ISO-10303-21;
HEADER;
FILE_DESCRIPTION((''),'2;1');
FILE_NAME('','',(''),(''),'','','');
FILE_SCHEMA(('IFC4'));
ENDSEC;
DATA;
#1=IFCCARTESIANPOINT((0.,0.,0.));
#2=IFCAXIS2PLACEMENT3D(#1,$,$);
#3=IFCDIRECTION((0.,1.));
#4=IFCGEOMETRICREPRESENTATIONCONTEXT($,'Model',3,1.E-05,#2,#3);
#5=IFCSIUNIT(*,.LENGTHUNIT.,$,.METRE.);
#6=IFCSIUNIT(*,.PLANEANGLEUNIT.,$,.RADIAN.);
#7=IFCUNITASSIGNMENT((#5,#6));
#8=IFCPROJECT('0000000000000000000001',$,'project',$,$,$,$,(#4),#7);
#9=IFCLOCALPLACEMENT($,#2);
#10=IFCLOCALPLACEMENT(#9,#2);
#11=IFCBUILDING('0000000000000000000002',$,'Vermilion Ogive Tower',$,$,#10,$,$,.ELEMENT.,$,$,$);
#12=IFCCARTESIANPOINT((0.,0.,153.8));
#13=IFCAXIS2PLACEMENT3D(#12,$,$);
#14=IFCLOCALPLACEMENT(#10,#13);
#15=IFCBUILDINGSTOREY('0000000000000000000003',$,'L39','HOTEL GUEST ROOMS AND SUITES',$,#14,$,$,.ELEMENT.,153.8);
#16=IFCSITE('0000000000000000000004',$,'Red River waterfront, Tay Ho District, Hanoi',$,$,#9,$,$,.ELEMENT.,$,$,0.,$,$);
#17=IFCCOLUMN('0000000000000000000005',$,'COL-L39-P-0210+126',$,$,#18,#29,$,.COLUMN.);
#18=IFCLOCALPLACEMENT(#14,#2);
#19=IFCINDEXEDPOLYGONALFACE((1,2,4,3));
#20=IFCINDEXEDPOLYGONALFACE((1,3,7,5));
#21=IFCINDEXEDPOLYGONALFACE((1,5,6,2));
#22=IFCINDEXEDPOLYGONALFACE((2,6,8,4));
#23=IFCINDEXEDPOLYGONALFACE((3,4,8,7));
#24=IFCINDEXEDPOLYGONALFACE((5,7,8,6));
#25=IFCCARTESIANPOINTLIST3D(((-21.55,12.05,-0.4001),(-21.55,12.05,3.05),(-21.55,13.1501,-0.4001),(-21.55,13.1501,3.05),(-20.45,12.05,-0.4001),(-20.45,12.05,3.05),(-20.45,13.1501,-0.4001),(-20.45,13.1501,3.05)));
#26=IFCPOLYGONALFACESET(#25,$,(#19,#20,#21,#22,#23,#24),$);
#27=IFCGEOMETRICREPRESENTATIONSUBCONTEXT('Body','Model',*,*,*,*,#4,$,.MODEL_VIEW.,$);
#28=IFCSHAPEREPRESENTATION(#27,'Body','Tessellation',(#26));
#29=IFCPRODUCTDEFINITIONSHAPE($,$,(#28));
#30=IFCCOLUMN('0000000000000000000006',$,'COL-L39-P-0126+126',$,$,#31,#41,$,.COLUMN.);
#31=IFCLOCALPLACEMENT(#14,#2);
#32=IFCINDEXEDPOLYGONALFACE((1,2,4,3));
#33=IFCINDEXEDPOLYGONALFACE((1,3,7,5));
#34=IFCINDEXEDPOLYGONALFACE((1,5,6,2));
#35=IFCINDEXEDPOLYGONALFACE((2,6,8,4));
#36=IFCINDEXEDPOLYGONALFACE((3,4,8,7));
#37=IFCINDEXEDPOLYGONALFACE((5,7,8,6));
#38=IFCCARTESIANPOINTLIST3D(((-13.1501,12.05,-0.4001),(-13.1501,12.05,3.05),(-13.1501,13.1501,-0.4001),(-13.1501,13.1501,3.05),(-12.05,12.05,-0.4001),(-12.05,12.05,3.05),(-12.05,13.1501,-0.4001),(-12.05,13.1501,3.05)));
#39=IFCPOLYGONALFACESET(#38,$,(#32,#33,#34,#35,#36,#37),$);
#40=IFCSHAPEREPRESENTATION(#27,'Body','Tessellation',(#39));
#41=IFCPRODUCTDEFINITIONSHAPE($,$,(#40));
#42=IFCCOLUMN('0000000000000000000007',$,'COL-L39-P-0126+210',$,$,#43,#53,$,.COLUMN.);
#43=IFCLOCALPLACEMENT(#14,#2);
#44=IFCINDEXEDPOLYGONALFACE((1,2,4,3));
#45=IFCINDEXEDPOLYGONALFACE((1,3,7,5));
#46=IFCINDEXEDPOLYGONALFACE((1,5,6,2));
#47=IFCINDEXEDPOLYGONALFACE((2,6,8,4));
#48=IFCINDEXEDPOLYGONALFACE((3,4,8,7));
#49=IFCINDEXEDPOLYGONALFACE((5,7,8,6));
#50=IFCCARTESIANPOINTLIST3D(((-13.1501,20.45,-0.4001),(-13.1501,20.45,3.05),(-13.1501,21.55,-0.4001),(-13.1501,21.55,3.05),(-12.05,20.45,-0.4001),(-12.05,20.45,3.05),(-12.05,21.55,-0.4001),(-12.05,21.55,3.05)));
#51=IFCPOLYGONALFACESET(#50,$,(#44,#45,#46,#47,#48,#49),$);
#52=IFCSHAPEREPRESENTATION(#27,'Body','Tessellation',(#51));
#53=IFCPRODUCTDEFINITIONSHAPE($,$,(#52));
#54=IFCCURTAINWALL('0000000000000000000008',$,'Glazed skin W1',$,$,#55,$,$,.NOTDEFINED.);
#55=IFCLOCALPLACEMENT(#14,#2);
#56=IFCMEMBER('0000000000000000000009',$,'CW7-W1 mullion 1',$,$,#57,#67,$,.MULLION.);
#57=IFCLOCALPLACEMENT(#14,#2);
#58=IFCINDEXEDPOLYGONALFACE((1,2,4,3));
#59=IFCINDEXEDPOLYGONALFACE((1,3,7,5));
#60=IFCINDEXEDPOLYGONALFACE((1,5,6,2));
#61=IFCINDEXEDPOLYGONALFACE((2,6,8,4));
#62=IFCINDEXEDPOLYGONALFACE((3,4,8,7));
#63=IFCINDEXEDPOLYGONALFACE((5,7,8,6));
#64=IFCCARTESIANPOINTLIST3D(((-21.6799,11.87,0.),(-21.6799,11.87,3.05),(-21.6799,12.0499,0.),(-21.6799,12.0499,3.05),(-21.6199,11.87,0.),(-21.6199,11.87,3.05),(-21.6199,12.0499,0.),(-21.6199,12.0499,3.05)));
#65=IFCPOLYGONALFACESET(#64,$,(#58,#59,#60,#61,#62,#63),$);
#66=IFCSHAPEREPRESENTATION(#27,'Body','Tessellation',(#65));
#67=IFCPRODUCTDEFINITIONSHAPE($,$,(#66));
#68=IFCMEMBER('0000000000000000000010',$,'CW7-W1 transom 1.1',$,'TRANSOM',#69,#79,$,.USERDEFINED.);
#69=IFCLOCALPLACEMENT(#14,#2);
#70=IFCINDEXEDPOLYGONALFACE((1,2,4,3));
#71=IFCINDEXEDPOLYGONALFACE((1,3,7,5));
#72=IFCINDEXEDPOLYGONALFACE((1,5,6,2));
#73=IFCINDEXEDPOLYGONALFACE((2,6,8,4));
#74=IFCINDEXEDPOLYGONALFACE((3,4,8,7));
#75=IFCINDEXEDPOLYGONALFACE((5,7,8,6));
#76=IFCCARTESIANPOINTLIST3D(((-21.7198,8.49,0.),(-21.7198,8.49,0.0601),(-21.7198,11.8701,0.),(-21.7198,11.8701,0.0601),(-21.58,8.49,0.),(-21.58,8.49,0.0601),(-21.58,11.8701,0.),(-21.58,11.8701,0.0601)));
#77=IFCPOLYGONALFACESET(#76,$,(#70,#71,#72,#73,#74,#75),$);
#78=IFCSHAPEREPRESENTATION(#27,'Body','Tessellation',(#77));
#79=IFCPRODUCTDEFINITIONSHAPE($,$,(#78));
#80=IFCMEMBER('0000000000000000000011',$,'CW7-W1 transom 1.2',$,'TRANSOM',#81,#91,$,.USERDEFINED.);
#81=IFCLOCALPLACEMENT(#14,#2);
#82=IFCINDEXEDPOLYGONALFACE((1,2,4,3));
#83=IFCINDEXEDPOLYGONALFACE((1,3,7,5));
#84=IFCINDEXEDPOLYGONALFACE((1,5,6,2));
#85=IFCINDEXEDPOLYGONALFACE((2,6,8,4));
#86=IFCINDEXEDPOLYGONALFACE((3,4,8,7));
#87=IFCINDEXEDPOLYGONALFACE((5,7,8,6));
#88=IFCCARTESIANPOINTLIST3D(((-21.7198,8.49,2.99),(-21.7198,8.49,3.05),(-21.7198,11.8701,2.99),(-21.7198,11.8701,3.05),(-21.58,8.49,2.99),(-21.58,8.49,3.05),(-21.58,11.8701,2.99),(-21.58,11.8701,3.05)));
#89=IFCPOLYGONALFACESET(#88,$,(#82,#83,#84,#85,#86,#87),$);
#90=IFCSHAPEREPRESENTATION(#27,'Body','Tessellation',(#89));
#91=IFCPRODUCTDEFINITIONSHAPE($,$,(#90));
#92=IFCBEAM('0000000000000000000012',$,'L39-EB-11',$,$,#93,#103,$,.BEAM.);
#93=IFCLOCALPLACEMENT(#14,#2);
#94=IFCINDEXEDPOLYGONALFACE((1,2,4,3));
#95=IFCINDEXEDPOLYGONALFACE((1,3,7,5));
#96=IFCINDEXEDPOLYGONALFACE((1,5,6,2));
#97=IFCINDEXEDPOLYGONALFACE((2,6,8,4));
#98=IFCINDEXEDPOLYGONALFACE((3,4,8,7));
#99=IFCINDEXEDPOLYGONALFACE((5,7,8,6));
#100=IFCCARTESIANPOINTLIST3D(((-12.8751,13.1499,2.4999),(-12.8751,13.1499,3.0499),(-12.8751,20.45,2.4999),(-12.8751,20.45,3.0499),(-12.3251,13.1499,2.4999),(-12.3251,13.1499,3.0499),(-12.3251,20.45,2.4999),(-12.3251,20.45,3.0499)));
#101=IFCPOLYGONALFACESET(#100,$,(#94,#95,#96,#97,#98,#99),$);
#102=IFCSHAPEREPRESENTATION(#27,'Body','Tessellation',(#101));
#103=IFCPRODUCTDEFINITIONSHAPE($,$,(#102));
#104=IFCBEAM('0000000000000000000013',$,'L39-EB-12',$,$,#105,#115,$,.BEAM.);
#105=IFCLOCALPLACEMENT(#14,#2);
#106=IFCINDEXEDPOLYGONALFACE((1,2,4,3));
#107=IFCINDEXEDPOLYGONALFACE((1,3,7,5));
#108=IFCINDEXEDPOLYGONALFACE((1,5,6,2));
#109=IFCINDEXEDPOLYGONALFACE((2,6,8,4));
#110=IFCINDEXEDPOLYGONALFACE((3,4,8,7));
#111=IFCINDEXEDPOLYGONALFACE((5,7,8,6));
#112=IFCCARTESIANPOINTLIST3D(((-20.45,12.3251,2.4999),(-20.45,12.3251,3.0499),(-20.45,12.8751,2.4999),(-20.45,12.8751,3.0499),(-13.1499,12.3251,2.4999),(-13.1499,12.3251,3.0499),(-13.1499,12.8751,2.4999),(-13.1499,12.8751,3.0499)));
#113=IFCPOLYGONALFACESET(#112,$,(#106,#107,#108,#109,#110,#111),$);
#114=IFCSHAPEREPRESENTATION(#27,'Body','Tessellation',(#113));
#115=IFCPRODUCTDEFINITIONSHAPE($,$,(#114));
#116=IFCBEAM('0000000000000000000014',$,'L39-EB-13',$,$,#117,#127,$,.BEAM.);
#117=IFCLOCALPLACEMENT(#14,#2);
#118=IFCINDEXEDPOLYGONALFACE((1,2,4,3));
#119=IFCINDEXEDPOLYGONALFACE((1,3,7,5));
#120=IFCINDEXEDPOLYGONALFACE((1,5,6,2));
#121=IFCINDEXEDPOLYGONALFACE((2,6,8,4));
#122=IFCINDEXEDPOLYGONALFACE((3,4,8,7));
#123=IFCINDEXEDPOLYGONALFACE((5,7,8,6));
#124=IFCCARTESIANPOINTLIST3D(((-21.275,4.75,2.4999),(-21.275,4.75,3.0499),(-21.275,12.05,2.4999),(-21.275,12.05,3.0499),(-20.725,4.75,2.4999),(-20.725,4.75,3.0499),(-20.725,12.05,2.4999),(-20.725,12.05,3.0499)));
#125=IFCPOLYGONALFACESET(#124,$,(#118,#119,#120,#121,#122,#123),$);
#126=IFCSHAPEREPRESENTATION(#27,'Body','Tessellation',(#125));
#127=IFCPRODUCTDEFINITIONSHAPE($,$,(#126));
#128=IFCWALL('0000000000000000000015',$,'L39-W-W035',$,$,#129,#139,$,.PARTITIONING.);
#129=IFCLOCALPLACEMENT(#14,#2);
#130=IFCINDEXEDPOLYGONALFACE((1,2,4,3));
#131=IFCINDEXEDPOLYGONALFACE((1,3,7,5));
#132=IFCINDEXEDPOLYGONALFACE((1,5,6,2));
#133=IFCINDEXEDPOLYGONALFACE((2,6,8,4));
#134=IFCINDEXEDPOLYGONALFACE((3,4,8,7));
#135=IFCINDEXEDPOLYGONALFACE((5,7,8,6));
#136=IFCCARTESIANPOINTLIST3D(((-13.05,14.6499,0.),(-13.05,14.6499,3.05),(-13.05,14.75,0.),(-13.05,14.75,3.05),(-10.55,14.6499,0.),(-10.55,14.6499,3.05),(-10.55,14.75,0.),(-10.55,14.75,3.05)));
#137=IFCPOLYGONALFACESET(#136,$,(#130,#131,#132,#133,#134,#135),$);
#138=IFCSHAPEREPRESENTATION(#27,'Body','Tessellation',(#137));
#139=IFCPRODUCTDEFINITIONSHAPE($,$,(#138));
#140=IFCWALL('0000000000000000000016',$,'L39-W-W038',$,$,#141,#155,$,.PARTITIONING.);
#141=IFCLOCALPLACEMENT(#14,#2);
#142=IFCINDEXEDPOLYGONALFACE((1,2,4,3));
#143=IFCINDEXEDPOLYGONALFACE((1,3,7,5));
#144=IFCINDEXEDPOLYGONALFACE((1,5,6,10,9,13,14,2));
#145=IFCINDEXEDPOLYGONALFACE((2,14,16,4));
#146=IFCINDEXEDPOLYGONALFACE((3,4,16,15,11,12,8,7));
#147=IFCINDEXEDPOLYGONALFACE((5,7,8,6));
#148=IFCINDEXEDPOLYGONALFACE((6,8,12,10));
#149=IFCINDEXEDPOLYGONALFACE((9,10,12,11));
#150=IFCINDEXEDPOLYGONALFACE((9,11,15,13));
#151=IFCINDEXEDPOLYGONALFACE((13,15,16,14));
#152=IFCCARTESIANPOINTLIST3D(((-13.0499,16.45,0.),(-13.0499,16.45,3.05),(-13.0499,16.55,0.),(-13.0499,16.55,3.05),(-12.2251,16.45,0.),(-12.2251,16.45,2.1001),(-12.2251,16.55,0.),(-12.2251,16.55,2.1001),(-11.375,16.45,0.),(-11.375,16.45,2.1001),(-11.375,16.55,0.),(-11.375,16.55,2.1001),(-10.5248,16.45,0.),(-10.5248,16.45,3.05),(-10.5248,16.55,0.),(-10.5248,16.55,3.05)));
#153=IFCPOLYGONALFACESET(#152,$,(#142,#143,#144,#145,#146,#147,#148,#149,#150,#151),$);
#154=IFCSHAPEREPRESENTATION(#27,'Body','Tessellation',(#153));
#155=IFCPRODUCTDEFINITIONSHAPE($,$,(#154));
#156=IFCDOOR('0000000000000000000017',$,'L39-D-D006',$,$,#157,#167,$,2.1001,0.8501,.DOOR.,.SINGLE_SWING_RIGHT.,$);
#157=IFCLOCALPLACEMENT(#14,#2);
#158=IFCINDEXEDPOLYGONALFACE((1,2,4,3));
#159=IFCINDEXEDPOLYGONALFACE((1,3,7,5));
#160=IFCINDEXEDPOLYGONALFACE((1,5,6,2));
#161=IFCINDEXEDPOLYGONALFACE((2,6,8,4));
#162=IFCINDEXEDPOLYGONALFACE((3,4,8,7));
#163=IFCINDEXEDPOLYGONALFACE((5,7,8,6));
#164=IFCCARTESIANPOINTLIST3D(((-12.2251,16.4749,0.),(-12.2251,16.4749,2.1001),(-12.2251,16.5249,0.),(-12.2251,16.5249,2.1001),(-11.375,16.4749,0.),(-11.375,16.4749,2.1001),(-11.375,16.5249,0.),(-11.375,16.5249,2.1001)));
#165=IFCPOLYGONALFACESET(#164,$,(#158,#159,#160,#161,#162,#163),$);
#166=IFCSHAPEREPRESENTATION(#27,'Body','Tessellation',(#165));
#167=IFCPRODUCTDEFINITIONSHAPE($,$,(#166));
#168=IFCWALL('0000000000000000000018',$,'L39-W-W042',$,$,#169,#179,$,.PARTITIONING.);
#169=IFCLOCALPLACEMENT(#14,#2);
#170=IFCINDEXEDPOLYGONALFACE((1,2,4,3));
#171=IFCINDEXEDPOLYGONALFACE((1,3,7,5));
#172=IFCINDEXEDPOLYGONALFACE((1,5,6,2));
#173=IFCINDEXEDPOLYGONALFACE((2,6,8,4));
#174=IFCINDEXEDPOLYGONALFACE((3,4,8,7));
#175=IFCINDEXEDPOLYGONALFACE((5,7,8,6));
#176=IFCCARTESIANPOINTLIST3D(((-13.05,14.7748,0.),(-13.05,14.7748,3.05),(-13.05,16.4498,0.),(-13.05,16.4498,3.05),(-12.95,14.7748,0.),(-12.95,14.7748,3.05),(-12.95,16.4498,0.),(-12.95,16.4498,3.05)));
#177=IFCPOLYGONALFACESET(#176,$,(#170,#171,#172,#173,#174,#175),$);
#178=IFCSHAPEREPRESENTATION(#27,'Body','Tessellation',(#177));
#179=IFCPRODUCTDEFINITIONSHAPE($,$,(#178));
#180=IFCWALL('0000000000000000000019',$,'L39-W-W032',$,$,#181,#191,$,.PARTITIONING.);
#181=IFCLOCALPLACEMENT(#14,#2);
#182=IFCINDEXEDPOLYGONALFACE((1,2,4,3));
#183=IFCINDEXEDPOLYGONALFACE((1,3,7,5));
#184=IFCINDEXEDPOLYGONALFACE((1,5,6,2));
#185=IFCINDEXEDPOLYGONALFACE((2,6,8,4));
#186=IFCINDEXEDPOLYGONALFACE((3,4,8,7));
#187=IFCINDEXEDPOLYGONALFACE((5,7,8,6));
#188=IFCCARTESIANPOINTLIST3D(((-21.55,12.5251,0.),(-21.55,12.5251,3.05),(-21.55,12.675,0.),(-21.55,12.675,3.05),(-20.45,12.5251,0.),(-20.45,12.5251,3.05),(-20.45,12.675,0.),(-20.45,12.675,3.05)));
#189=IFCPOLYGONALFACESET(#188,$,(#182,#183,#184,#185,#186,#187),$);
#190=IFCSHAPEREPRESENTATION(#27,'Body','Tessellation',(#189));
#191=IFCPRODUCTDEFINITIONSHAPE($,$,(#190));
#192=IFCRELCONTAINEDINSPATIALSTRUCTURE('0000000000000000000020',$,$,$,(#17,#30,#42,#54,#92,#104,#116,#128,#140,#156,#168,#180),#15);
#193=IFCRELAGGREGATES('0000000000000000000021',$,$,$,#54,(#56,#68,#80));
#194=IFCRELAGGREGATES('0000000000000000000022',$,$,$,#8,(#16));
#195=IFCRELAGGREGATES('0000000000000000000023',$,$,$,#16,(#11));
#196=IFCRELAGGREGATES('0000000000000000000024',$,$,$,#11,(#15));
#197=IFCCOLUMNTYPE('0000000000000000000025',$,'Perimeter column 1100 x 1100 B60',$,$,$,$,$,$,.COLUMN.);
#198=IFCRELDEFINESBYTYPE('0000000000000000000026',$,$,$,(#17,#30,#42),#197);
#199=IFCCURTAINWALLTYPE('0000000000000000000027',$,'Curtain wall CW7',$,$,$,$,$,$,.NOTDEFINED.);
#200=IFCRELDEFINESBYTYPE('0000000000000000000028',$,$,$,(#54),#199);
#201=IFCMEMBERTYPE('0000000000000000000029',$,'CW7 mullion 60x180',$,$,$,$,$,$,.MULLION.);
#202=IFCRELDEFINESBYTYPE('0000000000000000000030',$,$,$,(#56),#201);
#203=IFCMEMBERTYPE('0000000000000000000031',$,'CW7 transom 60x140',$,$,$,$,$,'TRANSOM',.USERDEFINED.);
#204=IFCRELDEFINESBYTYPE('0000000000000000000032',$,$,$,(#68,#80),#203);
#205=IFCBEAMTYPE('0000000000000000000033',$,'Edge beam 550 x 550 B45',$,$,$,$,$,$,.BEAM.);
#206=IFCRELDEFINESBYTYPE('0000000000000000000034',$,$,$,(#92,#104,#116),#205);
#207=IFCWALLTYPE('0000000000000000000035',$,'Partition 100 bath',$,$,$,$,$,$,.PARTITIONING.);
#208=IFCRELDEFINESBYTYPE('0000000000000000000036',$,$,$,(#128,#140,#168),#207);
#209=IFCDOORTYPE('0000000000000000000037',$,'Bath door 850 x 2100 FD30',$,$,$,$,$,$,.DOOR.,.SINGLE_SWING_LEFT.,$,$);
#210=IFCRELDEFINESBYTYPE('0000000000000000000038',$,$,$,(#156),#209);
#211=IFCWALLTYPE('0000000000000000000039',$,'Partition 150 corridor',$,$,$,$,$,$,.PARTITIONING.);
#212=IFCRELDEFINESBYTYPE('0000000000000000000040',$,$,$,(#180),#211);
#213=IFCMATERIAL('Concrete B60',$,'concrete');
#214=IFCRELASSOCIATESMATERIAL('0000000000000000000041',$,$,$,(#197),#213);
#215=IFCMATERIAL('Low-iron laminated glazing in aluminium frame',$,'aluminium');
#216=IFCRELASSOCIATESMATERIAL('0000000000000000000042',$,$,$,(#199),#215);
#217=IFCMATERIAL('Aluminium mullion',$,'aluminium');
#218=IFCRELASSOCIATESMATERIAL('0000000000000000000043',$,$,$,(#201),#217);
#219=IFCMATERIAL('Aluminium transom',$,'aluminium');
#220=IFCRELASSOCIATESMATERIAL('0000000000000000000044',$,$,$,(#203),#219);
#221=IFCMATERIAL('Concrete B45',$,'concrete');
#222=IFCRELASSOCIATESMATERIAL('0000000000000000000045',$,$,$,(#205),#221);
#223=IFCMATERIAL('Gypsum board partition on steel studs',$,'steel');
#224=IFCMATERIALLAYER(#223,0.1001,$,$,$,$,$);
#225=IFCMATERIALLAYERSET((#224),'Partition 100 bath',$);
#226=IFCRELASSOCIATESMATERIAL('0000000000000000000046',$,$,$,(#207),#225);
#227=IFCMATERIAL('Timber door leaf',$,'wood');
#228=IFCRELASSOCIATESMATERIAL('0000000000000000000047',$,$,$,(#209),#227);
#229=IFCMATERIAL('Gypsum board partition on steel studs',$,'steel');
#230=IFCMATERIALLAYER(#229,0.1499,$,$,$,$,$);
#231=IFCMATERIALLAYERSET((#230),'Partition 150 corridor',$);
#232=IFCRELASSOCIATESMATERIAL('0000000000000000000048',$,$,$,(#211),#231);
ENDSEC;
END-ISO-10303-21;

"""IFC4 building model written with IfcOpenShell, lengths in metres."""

from ifc_helpers import new_model, si_unit, direction, frame, frame_2d, origin, origin_2d, place, context, subcontext, project, spatial, rectangle, extrude, material, layer, layer_set, material_profile, profile_set, type_object, element, fill, aggregate, save


model = new_model("IFC4")

# Units and contexts
model_context = context("Model", 3, precision=1e-05, world=origin(), true_north=direction((0.0, 1.0)))
body_context = subcontext(model_context, "Body", "Model", "MODEL_VIEW")
ifc_project = project(units=[si_unit("LENGTHUNIT", "METRE"), si_unit("PLANEANGLEUNIT", "RADIAN")], contexts=[model_context])

# Site, building, storey
site_placement = place(None, origin())
site = spatial("IfcSite", under=ifc_project, at=site_placement, Name="Red River waterfront, Tay Ho District, Hanoi", CompositionType="ELEMENT", RefElevation=0.0)
building_placement = place(site_placement, origin())
building = spatial("IfcBuilding", under=site, at=building_placement, Name="Vermilion Ogive Tower", CompositionType="ELEMENT")
storey_placement = place(building_placement, frame((0.0, 0.0, 153.8)))
storey = spatial("IfcBuildingStorey", under=building, at=storey_placement, Name="L39", Description="HOTEL GUEST ROOMS AND SUITES", CompositionType="ELEMENT", Elevation=153.8)

# Columns
ifc_material_1 = material(Name="Concrete B60", Category="concrete")
ifc_material_profile_1 = material_profile(ifc_material_1, rectangle(XDim=1.1001, YDim=1.1001, at=origin_2d()), Name="1100 x 1100")
ifc_profile_set_1 = profile_set([ifc_material_profile_1], Name="Concrete B60")
column_type = type_object("IfcColumnType", Name="Perimeter column 1100 x 1100 B60", PredefinedType="COLUMN", material=ifc_profile_set_1)
for number, where, z_axis, x_axis, name in (
    (1, (-21.0, 12.6001, -0.4001), (0.0, 0.0, 1.0), (1.0, 0.0, 0.0), "COL-L39-P-0210+126"),
    (2, (-12.6001, 12.6001, -0.4001), (0.0, 0.0, 1.0), (1.0, 0.0, 0.0), "COL-L39-P-0126+126"),
    (3, (-12.6001, 21.0, -0.4001), (0.0, 0.0, 1.0), (1.0, 0.0, 0.0), "COL-L39-P-0126+210"),
):
    element("IfcColumn", number, at=place(storey_placement, frame(where, z_axis=z_axis, x_axis=x_axis)), inside=storey, type_object=column_type, Name=name, PredefinedType="COLUMN", context=body_context, shape_type="SweptSolid", body=[
        extrude(rectangle(XDim=1.1001, YDim=1.1001, at=origin_2d()), origin(), (0.0, 0.0, 1.0), 3.4502),
    ])

# Curtain wall, members
ifc_material_2 = material(Name="Low-iron laminated glazing in aluminium frame", Category="aluminium")
curtain_wall_type = type_object("IfcCurtainWallType", Name="Curtain wall CW7", PredefinedType="NOTDEFINED", material=ifc_material_2)
curtain_wall_placement = place(storey_placement, origin())
curtain_wall = element("IfcCurtainWall", 4, at=curtain_wall_placement, inside=storey, type_object=curtain_wall_type, Name="Glazed skin W1", PredefinedType="NOTDEFINED")
ifc_material_3 = material(Name="Aluminium mullion", Category="aluminium")
ifc_material_profile_2 = material_profile(ifc_material_3, rectangle(XDim=0.0601, YDim=0.1799, at=origin_2d()), Name="AL 60x180")
ifc_profile_set_2 = profile_set([ifc_material_profile_2], Name="Aluminium mullion")
member_type_1 = type_object("IfcMemberType", Name="CW7 mullion 60x180", PredefinedType="MULLION", material=ifc_profile_set_2)
member_1_placement = place(storey_placement, frame((-21.6499, 11.96, 0.0), z_axis=(0.0, 0.0, 1.0), x_axis=(1.0, 0.0, 0.0)))
member_1 = element("IfcMember", 5, at=member_1_placement, type_object=member_type_1, Name="CW7-W1 mullion 1", PredefinedType="MULLION", context=body_context, shape_type="SweptSolid", body=[
    extrude(rectangle(XDim=0.0601, YDim=0.1799, at=origin_2d()), origin(), (0.0, 0.0, 1.0), 3.05),
])
ifc_material_4 = material(Name="Aluminium transom", Category="aluminium")
ifc_material_profile_3 = material_profile(ifc_material_4, rectangle(XDim=0.1399, YDim=0.0601, at=origin_2d()), Name="AL 60x140")
ifc_profile_set_3 = profile_set([ifc_material_profile_3], Name="Aluminium transom")
member_type_2 = type_object("IfcMemberType", Name="CW7 transom 60x140", ElementType="TRANSOM", PredefinedType="USERDEFINED", material=ifc_profile_set_3)
member_2_placement = place(storey_placement, frame((-21.6499, 11.8701, 0.03), z_axis=(0.0, -1.0, 0.0), x_axis=(1.0, 0.0, 0.0)))
member_2 = element("IfcMember", 6, at=member_2_placement, type_object=member_type_2, Name="CW7-W1 transom 1.1", ObjectType="TRANSOM", PredefinedType="USERDEFINED", context=body_context, shape_type="SweptSolid", body=[
    extrude(rectangle(XDim=0.1399, YDim=0.0601, at=origin_2d()), origin(), (0.0, 0.0, 1.0), 3.3801),
])
member_3_placement = place(storey_placement, frame((-21.6499, 11.8701, 3.02), z_axis=(0.0, -1.0, 0.0), x_axis=(1.0, 0.0, 0.0)))
member_3 = element("IfcMember", 7, at=member_3_placement, type_object=member_type_2, Name="CW7-W1 transom 1.2", ObjectType="TRANSOM", PredefinedType="USERDEFINED", context=body_context, shape_type="SweptSolid", body=[
    extrude(rectangle(XDim=0.1399, YDim=0.0601, at=origin_2d()), origin(), (0.0, 0.0, 1.0), 3.3801),
])
aggregate(curtain_wall, [member_1, member_2, member_3])

# Beams
ifc_material_5 = material(Name="Concrete B45", Category="concrete")
ifc_material_profile_4 = material_profile(ifc_material_5, rectangle(XDim=0.55, YDim=0.55, at=origin_2d()), Name="550 x 550")
ifc_profile_set_4 = profile_set([ifc_material_profile_4], Name="Concrete B45")
beam_type = type_object("IfcBeamType", Name="Edge beam 550 x 550 B45", PredefinedType="BEAM", material=ifc_profile_set_4)
for number, where, z_axis, x_axis, name in (
    (8, (-12.6001, 20.45, 2.7749), (0.0, -1.0, 0.0), (1.0, 0.0, 0.0), "L39-EB-11"),
    (9, (-13.1499, 12.6001, 2.7749), (-1.0, 0.0, 0.0), (0.0, -1.0, 0.0), "L39-EB-12"),
    (10, (-21.0, 12.05, 2.7749), (0.0, -1.0, 0.0), (1.0, 0.0, 0.0), "L39-EB-13"),
):
    element("IfcBeam", number, at=place(storey_placement, frame(where, z_axis=z_axis, x_axis=x_axis)), inside=storey, type_object=beam_type, Name=name, PredefinedType="BEAM", context=body_context, shape_type="SweptSolid", body=[
        extrude(rectangle(XDim=0.55, YDim=0.55, at=origin_2d()), origin(), (0.0, 0.0, 1.0), 7.3),
    ])

# Wall
ifc_material_6 = material(Name="Gypsum board partition on steel studs", Category="steel")
ifc_layer_1 = layer(ifc_material_6, 0.1001)
ifc_layer_set_1 = layer_set([ifc_layer_1], Name="Partition 100 bath")
wall_type_1 = type_object("IfcWallType", Name="Partition 100 bath", PredefinedType="PARTITIONING", material=ifc_layer_set_1)
wall_1_placement = place(storey_placement, frame((-13.05, 14.7, 0.0), z_axis=(0.0, 0.0, 1.0), x_axis=(1.0, 0.0, 0.0)))
element("IfcWall", 11, at=wall_1_placement, inside=storey, type_object=wall_type_1, Name="L39-W-W035", PredefinedType="PARTITIONING", context=body_context, shape_type="SweptSolid", body=[
    extrude(rectangle(XDim=2.5, YDim=0.1001, at=frame_2d((1.25, 0.0))), origin(), (0.0, 0.0, 1.0), 3.05),
])

# Wall, opening, door
wall_2_placement = place(storey_placement, frame((-13.05, 16.5, 0.0), z_axis=(0.0, 0.0, 1.0), x_axis=(1.0, 0.0, 0.0)))
wall_2 = element("IfcWall", 12, at=wall_2_placement, inside=storey, type_object=wall_type_1, Name="L39-W-W038", PredefinedType="PARTITIONING", context=body_context, shape_type="SweptSolid", body=[
    extrude(rectangle(XDim=2.5251, YDim=0.1001, at=frame_2d((1.2627, 0.0))), origin(), (0.0, 0.0, 1.0), 3.05),
])
opening_1_placement = place(wall_2_placement, frame((0.825, 0.0, 0.0)))
opening_1 = element("IfcOpeningElement", 13, at=opening_1_placement, cuts=wall_2, PredefinedType="OPENING", context=body_context, shape_type="SweptSolid", body=[
    extrude(rectangle(XDim=0.8501, YDim=2.1001, at=frame_2d((0.425, 1.05))), frame((0.0, 0.0601, 0.0), z_axis=(0.0, -1.0, 0.0), x_axis=(1.0, 0.0, 0.0)), (0.0, 0.0, 1.0), 0.1201),
])
ifc_material_7 = material(Name="Timber door leaf", Category="wood")
door_type_1 = type_object("IfcDoorType", Name="Bath door 850 x 2100 FD30", OperationType="SINGLE_SWING_LEFT", PredefinedType="DOOR", material=ifc_material_7)
door_1_placement = place(opening_1_placement, origin())
door_1 = element("IfcDoor", 14, at=door_1_placement, inside=storey, type_object=door_type_1, Name="L39-D-D006", OperationType="SINGLE_SWING_RIGHT", OverallHeight=2.1001, OverallWidth=0.8501, PredefinedType="DOOR", context=body_context, shape_type="SweptSolid", body=[
    extrude(rectangle(XDim=0.8501, YDim=2.1001, at=frame_2d((0.425, 1.05))), frame((0.0, 0.0249, 0.0), z_axis=(0.0, -1.0, 0.0), x_axis=(1.0, 0.0, 0.0)), (0.0, 0.0, 1.0), 0.05),
])
fill(opening_1, door_1)

# Walls
wall_3_placement = place(storey_placement, frame((-13.0, 14.7749, 0.0), z_axis=(0.0, 0.0, 1.0), x_axis=(0.0, 1.0, 0.0)))
element("IfcWall", 15, at=wall_3_placement, inside=storey, type_object=wall_type_1, Name="L39-W-W042", PredefinedType="PARTITIONING", context=body_context, shape_type="SweptSolid", body=[
    extrude(rectangle(XDim=1.675, YDim=0.1001, at=frame_2d((0.8374, 0.0))), origin(), (0.0, 0.0, 1.0), 3.05),
])
ifc_material_8 = material(Name="Gypsum board partition on steel studs", Category="steel")
ifc_layer_2 = layer(ifc_material_8, 0.1499)
ifc_layer_set_2 = layer_set([ifc_layer_2], Name="Partition 150 corridor")
wall_type_2 = type_object("IfcWallType", Name="Partition 150 corridor", PredefinedType="PARTITIONING", material=ifc_layer_set_2)
wall_4_placement = place(storey_placement, frame((-21.55, 12.6001, 0.0), z_axis=(0.0, 0.0, 1.0), x_axis=(1.0, 0.0, 0.0)))
element("IfcWall", 16, at=wall_4_placement, inside=storey, type_object=wall_type_2, Name="L39-W-W032", PredefinedType="PARTITIONING", context=body_context, shape_type="SweptSolid", body=[
    extrude(rectangle(XDim=1.1001, YDim=0.1499, at=frame_2d((0.55, 0.0))), origin(), (0.0, 0.0, 1.0), 3.05),
])

save(model, "model.ifc")
